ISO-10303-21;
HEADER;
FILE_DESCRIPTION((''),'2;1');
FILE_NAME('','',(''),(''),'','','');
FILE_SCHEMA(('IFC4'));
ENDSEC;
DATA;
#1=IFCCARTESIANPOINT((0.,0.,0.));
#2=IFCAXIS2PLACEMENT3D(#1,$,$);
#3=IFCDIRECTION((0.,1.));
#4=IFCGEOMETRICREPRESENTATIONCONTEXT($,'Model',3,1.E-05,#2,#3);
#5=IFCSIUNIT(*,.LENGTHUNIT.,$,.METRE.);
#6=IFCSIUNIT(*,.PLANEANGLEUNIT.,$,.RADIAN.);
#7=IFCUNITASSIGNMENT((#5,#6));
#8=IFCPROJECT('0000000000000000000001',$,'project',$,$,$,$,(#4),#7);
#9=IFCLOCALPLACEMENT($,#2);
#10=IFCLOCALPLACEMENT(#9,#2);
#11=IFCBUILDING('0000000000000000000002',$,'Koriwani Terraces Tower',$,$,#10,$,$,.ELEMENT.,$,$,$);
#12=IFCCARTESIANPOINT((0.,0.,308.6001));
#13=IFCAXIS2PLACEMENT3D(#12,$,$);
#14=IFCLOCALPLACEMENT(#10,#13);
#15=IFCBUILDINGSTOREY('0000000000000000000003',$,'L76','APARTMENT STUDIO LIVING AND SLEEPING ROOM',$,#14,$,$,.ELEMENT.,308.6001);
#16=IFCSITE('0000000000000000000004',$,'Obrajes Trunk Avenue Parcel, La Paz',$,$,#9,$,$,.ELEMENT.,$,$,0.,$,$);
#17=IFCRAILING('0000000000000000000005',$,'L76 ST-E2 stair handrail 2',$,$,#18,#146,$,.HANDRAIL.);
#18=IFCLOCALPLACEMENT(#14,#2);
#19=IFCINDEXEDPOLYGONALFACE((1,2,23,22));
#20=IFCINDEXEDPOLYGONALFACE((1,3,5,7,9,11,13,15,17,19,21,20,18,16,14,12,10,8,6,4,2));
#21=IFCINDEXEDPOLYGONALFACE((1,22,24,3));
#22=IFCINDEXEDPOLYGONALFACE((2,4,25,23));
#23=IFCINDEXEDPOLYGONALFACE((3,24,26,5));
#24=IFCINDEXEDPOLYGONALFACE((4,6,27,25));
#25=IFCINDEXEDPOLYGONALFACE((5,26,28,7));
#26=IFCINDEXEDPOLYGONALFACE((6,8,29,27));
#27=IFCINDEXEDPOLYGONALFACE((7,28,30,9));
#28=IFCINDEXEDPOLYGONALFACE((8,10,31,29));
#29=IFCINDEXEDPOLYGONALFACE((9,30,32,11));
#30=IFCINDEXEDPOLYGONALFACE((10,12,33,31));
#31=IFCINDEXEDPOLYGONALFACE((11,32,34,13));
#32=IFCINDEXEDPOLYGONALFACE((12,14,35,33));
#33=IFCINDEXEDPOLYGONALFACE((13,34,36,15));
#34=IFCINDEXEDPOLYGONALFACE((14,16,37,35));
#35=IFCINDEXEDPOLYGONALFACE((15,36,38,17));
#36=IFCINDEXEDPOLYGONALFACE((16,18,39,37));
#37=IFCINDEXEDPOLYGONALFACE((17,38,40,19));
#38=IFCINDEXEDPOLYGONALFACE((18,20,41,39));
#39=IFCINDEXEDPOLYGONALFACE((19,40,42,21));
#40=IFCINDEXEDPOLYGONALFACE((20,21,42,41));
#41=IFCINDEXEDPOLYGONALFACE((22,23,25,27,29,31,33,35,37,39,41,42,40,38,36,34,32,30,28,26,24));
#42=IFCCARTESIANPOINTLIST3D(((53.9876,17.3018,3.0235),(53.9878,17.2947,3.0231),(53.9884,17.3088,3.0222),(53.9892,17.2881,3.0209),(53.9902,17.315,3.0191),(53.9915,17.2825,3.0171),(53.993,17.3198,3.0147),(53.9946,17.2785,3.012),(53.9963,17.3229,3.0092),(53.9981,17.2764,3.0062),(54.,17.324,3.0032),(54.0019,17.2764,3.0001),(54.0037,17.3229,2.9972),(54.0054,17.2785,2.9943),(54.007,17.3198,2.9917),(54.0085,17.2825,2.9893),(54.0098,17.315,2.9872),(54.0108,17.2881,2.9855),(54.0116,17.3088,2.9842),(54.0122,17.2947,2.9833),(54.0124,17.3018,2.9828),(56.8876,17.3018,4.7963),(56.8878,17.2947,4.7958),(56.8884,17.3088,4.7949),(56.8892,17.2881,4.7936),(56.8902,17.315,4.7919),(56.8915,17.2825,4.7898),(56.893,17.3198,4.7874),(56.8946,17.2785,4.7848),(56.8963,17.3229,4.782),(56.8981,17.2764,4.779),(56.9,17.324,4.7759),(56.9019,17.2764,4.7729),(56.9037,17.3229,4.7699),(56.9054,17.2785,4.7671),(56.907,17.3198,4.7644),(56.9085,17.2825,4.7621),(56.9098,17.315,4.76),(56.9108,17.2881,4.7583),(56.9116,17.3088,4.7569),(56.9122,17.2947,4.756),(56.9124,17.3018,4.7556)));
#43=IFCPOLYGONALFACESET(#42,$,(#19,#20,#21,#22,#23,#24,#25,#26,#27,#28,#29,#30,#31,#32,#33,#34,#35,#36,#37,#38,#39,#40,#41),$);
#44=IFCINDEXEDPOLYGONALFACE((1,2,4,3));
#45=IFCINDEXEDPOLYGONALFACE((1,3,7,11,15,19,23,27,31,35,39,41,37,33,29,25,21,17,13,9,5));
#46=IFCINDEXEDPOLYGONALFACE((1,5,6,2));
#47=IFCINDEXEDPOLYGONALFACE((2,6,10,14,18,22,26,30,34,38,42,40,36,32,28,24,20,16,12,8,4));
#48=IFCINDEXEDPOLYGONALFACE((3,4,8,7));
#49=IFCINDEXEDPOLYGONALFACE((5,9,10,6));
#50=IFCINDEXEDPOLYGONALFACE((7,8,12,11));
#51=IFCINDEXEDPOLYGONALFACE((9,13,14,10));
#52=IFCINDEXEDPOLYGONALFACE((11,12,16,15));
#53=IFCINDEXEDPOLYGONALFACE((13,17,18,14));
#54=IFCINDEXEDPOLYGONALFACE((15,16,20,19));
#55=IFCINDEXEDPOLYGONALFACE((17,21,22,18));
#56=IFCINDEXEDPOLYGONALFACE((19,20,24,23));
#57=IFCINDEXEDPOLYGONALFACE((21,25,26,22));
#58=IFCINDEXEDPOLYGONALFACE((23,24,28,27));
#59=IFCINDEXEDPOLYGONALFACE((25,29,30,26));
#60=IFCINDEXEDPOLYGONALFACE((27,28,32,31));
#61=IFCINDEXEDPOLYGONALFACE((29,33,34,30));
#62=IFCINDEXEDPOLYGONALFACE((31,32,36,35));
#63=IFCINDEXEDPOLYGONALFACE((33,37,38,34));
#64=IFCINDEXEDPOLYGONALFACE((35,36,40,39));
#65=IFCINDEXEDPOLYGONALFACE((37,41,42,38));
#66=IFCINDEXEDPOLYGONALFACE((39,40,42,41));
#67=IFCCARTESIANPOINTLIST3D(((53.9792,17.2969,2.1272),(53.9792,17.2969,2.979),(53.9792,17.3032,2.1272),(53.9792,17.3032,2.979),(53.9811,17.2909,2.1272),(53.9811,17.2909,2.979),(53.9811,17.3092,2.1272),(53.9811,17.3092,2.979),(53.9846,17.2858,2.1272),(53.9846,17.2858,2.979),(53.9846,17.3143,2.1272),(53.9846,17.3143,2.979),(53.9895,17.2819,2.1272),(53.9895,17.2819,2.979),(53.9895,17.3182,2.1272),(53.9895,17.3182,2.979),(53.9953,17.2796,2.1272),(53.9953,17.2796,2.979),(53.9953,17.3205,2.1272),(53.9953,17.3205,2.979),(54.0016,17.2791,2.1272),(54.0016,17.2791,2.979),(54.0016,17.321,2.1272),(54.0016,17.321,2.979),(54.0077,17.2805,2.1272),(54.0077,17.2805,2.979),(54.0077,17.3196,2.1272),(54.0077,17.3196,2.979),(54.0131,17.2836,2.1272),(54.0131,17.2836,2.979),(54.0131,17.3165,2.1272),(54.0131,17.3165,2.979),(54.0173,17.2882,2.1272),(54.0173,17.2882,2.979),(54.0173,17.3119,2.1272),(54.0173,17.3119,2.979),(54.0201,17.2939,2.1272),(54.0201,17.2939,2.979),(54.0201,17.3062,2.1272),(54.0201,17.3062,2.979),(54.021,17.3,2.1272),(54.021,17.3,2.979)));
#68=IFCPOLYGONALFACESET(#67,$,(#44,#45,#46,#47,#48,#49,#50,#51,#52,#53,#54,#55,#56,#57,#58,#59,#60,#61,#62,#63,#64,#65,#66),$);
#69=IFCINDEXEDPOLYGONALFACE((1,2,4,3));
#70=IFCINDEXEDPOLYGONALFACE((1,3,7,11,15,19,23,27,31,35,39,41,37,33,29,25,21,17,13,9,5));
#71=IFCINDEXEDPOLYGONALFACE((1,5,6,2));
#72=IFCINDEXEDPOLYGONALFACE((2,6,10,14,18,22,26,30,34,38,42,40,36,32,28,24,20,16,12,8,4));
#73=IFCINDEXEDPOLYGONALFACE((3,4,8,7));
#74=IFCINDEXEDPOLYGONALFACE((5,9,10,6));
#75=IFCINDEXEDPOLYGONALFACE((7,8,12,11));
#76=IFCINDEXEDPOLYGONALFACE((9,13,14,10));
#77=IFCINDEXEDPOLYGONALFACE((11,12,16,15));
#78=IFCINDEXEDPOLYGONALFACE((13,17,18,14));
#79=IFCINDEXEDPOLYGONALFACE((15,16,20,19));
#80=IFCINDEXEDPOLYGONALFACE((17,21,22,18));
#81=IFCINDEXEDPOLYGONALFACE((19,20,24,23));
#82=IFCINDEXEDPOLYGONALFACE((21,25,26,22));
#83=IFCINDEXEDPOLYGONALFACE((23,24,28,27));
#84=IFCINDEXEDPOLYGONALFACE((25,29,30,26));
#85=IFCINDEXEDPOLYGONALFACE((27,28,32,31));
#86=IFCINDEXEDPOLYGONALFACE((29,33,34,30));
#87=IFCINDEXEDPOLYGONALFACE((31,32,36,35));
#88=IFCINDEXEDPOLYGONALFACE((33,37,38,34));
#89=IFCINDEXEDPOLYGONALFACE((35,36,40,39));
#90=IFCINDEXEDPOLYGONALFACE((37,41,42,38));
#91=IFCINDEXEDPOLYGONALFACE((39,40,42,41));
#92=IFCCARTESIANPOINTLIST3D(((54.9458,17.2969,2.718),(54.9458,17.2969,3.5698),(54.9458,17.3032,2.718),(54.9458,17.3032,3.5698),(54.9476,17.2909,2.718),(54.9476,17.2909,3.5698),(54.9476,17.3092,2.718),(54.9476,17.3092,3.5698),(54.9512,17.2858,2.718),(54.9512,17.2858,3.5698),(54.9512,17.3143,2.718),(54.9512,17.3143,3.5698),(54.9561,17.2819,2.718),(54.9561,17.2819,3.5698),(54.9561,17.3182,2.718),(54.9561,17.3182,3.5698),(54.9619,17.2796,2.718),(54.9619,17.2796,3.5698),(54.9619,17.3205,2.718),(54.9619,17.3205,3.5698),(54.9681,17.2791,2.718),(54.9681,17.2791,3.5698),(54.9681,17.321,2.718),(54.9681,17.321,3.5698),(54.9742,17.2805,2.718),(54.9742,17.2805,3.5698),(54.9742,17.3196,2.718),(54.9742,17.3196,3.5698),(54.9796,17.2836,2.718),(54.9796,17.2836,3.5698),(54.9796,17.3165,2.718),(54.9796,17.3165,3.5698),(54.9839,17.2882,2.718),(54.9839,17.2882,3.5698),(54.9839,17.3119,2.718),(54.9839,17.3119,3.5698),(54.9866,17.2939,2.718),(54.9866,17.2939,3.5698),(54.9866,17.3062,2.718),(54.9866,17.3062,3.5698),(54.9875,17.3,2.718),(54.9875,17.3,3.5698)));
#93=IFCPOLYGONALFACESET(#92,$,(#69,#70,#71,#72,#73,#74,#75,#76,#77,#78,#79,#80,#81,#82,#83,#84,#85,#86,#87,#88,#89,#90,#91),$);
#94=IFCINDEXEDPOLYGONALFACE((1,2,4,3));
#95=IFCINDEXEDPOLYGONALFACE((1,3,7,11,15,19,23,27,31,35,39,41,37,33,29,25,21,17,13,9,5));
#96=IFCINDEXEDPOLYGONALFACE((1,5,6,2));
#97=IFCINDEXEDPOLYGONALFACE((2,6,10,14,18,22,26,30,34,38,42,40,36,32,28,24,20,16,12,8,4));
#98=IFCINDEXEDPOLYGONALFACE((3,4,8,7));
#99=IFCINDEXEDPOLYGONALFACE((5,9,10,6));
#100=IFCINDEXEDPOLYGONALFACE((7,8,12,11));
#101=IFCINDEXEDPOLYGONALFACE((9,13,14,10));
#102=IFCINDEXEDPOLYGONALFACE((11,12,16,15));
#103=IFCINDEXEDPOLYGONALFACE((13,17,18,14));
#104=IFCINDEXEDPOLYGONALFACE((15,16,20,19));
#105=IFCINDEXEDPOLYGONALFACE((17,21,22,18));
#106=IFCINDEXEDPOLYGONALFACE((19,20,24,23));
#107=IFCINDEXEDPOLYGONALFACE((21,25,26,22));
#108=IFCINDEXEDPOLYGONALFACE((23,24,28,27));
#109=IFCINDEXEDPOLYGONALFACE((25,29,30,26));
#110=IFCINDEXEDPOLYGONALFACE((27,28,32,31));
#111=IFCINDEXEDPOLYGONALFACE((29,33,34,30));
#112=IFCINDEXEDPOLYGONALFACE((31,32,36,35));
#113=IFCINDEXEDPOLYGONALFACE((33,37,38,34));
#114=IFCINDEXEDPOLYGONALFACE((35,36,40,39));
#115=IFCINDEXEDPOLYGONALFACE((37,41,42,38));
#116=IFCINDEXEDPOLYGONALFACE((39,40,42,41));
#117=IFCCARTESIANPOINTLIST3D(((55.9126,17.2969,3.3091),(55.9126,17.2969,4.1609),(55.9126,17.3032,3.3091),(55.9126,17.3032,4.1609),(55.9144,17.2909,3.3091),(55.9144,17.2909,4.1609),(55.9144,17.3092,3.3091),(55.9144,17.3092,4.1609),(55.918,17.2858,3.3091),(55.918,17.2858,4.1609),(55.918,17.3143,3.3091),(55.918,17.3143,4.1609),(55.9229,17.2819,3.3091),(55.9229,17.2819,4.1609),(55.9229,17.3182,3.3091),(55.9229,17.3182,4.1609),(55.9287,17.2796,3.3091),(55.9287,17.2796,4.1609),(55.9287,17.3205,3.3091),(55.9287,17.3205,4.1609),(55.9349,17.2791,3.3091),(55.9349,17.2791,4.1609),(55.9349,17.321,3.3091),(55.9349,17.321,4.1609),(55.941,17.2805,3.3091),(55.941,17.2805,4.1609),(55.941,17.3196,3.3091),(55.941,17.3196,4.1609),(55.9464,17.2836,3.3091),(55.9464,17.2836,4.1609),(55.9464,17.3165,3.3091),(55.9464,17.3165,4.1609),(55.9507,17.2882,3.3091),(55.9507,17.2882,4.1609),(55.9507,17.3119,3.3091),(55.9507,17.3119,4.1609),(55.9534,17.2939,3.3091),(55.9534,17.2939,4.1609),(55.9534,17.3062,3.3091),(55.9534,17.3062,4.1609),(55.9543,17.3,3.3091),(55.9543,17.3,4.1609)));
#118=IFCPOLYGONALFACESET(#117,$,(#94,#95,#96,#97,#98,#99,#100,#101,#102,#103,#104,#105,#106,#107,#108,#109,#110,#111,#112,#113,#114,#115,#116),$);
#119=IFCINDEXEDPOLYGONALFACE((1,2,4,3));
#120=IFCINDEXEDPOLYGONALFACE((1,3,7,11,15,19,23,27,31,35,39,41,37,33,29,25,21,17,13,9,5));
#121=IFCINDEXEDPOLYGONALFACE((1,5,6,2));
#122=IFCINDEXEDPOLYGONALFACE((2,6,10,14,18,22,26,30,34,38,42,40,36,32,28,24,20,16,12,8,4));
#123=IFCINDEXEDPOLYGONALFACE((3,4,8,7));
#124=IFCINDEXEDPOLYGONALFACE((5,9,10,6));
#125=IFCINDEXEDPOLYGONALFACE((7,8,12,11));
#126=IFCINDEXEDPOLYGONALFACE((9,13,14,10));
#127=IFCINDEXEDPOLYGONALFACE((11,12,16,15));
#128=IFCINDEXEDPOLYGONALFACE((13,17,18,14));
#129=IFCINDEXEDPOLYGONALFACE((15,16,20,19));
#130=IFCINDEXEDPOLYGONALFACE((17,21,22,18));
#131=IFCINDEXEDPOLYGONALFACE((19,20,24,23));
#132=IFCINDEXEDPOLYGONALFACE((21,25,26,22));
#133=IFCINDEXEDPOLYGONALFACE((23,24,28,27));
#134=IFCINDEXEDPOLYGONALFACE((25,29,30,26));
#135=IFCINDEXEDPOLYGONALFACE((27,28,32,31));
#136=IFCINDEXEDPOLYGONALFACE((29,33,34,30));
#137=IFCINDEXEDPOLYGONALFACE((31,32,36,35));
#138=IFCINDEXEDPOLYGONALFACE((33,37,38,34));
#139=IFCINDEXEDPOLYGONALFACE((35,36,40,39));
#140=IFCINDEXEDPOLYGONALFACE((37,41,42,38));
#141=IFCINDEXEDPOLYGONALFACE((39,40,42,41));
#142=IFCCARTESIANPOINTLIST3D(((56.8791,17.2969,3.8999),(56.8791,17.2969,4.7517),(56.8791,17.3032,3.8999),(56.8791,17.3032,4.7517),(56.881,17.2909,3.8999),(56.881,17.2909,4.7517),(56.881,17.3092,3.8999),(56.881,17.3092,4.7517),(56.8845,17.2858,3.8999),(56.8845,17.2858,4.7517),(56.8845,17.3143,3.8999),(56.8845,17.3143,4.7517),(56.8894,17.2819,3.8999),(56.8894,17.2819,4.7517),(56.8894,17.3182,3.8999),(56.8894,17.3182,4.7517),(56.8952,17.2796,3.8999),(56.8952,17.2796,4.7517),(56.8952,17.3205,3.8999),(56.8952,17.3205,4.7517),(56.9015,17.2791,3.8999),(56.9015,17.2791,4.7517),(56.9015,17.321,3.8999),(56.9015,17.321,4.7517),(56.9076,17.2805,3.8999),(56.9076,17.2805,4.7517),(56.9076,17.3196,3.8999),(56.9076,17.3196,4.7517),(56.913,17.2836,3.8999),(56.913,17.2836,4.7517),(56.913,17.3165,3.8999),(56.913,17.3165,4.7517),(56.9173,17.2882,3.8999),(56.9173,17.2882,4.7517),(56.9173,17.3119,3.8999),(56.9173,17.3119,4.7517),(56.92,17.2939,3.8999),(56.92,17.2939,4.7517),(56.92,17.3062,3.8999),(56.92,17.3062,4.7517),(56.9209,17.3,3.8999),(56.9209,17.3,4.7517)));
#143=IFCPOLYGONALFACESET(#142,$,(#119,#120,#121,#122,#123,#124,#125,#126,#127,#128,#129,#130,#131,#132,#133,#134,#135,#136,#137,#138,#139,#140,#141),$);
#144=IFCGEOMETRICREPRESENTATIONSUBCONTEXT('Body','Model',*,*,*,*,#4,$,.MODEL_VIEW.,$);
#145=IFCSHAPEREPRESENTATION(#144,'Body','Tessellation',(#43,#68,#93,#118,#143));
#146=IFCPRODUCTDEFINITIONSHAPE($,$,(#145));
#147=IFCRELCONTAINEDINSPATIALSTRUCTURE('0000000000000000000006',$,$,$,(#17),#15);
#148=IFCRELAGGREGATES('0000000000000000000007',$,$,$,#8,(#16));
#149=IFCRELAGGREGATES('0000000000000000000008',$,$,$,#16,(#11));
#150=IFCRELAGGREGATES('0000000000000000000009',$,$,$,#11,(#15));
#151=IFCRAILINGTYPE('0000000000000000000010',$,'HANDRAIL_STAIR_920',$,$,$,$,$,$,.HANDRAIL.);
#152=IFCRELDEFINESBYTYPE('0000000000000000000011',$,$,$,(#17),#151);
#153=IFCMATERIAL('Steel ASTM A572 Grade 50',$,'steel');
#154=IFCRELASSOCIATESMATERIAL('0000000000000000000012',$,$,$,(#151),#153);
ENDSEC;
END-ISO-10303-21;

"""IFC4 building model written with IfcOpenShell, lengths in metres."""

from ifc_helpers import new_model, si_unit, direction, frame, origin, origin_2d, place, context, subcontext, project, spatial, circle, extrude, material, type_object, element, save


model = new_model("IFC4")

# Units and contexts
model_context = context("Model", 3, precision=1e-05, world=origin(), true_north=direction((0.0, 1.0)))
body_context = subcontext(model_context, "Body", "Model", "MODEL_VIEW")
ifc_project = project(units=[si_unit("LENGTHUNIT", "METRE"), si_unit("PLANEANGLEUNIT", "RADIAN")], contexts=[model_context])

# Site, building, storey
site_placement = place(None, origin())
site = spatial("IfcSite", under=ifc_project, at=site_placement, Name="Obrajes Trunk Avenue Parcel, La Paz", CompositionType="ELEMENT", RefElevation=0.0)
building_placement = place(site_placement, origin())
building = spatial("IfcBuilding", under=site, at=building_placement, Name="Koriwani Terraces Tower", CompositionType="ELEMENT")
storey_placement = place(building_placement, frame((0.0, 0.0, 308.6001)))
storey = spatial("IfcBuildingStorey", under=building, at=storey_placement, Name="L76", Description="APARTMENT STUDIO LIVING AND SLEEPING ROOM", CompositionType="ELEMENT", Elevation=308.6001)

# Shared definitions
ifc_material_1 = material(Name="Steel ASTM A572 Grade 50", Category="steel")

# Railing
railing_type_1 = type_object("IfcRailingType", Name="HANDRAIL_STAIR_920", PredefinedType="HANDRAIL", material=ifc_material_1)
railing_1_placement = place(storey_placement, frame((54.0, 17.3, 2.1272)))
element("IfcRailing", 1, at=railing_1_placement, inside=storey, type_object=railing_type_1, Name="L76 ST-E2 stair handrail 2", PredefinedType="HANDRAIL", context=body_context, shape_type="SweptSolid", body=[
    extrude(circle(Radius=0.0239, at=origin_2d()), frame((0.0, 0.0, 0.876), z_axis=(0.853211, 0.0, 0.521566), x_axis=(0.0, 1.0, 0.0)), (0.0, 0.0, 1.0), 3.3989),
    extrude(circle(Radius=0.021, at=origin_2d()), origin(), (0.0, 0.0, 1.0), 0.8518),
    extrude(circle(Radius=0.021, at=origin_2d()), frame((0.9666, 0.0, 0.5908)), (0.0, 0.0, 1.0), 0.8518),
    extrude(circle(Radius=0.021, at=origin_2d()), frame((1.9333, 0.0, 1.1819)), (0.0, 0.0, 1.0), 0.8518),
    extrude(circle(Radius=0.021, at=origin_2d()), frame((2.8999, 0.0, 1.7727)), (0.0, 0.0, 1.0), 0.8518),
])

save(model, "model.ifc")
